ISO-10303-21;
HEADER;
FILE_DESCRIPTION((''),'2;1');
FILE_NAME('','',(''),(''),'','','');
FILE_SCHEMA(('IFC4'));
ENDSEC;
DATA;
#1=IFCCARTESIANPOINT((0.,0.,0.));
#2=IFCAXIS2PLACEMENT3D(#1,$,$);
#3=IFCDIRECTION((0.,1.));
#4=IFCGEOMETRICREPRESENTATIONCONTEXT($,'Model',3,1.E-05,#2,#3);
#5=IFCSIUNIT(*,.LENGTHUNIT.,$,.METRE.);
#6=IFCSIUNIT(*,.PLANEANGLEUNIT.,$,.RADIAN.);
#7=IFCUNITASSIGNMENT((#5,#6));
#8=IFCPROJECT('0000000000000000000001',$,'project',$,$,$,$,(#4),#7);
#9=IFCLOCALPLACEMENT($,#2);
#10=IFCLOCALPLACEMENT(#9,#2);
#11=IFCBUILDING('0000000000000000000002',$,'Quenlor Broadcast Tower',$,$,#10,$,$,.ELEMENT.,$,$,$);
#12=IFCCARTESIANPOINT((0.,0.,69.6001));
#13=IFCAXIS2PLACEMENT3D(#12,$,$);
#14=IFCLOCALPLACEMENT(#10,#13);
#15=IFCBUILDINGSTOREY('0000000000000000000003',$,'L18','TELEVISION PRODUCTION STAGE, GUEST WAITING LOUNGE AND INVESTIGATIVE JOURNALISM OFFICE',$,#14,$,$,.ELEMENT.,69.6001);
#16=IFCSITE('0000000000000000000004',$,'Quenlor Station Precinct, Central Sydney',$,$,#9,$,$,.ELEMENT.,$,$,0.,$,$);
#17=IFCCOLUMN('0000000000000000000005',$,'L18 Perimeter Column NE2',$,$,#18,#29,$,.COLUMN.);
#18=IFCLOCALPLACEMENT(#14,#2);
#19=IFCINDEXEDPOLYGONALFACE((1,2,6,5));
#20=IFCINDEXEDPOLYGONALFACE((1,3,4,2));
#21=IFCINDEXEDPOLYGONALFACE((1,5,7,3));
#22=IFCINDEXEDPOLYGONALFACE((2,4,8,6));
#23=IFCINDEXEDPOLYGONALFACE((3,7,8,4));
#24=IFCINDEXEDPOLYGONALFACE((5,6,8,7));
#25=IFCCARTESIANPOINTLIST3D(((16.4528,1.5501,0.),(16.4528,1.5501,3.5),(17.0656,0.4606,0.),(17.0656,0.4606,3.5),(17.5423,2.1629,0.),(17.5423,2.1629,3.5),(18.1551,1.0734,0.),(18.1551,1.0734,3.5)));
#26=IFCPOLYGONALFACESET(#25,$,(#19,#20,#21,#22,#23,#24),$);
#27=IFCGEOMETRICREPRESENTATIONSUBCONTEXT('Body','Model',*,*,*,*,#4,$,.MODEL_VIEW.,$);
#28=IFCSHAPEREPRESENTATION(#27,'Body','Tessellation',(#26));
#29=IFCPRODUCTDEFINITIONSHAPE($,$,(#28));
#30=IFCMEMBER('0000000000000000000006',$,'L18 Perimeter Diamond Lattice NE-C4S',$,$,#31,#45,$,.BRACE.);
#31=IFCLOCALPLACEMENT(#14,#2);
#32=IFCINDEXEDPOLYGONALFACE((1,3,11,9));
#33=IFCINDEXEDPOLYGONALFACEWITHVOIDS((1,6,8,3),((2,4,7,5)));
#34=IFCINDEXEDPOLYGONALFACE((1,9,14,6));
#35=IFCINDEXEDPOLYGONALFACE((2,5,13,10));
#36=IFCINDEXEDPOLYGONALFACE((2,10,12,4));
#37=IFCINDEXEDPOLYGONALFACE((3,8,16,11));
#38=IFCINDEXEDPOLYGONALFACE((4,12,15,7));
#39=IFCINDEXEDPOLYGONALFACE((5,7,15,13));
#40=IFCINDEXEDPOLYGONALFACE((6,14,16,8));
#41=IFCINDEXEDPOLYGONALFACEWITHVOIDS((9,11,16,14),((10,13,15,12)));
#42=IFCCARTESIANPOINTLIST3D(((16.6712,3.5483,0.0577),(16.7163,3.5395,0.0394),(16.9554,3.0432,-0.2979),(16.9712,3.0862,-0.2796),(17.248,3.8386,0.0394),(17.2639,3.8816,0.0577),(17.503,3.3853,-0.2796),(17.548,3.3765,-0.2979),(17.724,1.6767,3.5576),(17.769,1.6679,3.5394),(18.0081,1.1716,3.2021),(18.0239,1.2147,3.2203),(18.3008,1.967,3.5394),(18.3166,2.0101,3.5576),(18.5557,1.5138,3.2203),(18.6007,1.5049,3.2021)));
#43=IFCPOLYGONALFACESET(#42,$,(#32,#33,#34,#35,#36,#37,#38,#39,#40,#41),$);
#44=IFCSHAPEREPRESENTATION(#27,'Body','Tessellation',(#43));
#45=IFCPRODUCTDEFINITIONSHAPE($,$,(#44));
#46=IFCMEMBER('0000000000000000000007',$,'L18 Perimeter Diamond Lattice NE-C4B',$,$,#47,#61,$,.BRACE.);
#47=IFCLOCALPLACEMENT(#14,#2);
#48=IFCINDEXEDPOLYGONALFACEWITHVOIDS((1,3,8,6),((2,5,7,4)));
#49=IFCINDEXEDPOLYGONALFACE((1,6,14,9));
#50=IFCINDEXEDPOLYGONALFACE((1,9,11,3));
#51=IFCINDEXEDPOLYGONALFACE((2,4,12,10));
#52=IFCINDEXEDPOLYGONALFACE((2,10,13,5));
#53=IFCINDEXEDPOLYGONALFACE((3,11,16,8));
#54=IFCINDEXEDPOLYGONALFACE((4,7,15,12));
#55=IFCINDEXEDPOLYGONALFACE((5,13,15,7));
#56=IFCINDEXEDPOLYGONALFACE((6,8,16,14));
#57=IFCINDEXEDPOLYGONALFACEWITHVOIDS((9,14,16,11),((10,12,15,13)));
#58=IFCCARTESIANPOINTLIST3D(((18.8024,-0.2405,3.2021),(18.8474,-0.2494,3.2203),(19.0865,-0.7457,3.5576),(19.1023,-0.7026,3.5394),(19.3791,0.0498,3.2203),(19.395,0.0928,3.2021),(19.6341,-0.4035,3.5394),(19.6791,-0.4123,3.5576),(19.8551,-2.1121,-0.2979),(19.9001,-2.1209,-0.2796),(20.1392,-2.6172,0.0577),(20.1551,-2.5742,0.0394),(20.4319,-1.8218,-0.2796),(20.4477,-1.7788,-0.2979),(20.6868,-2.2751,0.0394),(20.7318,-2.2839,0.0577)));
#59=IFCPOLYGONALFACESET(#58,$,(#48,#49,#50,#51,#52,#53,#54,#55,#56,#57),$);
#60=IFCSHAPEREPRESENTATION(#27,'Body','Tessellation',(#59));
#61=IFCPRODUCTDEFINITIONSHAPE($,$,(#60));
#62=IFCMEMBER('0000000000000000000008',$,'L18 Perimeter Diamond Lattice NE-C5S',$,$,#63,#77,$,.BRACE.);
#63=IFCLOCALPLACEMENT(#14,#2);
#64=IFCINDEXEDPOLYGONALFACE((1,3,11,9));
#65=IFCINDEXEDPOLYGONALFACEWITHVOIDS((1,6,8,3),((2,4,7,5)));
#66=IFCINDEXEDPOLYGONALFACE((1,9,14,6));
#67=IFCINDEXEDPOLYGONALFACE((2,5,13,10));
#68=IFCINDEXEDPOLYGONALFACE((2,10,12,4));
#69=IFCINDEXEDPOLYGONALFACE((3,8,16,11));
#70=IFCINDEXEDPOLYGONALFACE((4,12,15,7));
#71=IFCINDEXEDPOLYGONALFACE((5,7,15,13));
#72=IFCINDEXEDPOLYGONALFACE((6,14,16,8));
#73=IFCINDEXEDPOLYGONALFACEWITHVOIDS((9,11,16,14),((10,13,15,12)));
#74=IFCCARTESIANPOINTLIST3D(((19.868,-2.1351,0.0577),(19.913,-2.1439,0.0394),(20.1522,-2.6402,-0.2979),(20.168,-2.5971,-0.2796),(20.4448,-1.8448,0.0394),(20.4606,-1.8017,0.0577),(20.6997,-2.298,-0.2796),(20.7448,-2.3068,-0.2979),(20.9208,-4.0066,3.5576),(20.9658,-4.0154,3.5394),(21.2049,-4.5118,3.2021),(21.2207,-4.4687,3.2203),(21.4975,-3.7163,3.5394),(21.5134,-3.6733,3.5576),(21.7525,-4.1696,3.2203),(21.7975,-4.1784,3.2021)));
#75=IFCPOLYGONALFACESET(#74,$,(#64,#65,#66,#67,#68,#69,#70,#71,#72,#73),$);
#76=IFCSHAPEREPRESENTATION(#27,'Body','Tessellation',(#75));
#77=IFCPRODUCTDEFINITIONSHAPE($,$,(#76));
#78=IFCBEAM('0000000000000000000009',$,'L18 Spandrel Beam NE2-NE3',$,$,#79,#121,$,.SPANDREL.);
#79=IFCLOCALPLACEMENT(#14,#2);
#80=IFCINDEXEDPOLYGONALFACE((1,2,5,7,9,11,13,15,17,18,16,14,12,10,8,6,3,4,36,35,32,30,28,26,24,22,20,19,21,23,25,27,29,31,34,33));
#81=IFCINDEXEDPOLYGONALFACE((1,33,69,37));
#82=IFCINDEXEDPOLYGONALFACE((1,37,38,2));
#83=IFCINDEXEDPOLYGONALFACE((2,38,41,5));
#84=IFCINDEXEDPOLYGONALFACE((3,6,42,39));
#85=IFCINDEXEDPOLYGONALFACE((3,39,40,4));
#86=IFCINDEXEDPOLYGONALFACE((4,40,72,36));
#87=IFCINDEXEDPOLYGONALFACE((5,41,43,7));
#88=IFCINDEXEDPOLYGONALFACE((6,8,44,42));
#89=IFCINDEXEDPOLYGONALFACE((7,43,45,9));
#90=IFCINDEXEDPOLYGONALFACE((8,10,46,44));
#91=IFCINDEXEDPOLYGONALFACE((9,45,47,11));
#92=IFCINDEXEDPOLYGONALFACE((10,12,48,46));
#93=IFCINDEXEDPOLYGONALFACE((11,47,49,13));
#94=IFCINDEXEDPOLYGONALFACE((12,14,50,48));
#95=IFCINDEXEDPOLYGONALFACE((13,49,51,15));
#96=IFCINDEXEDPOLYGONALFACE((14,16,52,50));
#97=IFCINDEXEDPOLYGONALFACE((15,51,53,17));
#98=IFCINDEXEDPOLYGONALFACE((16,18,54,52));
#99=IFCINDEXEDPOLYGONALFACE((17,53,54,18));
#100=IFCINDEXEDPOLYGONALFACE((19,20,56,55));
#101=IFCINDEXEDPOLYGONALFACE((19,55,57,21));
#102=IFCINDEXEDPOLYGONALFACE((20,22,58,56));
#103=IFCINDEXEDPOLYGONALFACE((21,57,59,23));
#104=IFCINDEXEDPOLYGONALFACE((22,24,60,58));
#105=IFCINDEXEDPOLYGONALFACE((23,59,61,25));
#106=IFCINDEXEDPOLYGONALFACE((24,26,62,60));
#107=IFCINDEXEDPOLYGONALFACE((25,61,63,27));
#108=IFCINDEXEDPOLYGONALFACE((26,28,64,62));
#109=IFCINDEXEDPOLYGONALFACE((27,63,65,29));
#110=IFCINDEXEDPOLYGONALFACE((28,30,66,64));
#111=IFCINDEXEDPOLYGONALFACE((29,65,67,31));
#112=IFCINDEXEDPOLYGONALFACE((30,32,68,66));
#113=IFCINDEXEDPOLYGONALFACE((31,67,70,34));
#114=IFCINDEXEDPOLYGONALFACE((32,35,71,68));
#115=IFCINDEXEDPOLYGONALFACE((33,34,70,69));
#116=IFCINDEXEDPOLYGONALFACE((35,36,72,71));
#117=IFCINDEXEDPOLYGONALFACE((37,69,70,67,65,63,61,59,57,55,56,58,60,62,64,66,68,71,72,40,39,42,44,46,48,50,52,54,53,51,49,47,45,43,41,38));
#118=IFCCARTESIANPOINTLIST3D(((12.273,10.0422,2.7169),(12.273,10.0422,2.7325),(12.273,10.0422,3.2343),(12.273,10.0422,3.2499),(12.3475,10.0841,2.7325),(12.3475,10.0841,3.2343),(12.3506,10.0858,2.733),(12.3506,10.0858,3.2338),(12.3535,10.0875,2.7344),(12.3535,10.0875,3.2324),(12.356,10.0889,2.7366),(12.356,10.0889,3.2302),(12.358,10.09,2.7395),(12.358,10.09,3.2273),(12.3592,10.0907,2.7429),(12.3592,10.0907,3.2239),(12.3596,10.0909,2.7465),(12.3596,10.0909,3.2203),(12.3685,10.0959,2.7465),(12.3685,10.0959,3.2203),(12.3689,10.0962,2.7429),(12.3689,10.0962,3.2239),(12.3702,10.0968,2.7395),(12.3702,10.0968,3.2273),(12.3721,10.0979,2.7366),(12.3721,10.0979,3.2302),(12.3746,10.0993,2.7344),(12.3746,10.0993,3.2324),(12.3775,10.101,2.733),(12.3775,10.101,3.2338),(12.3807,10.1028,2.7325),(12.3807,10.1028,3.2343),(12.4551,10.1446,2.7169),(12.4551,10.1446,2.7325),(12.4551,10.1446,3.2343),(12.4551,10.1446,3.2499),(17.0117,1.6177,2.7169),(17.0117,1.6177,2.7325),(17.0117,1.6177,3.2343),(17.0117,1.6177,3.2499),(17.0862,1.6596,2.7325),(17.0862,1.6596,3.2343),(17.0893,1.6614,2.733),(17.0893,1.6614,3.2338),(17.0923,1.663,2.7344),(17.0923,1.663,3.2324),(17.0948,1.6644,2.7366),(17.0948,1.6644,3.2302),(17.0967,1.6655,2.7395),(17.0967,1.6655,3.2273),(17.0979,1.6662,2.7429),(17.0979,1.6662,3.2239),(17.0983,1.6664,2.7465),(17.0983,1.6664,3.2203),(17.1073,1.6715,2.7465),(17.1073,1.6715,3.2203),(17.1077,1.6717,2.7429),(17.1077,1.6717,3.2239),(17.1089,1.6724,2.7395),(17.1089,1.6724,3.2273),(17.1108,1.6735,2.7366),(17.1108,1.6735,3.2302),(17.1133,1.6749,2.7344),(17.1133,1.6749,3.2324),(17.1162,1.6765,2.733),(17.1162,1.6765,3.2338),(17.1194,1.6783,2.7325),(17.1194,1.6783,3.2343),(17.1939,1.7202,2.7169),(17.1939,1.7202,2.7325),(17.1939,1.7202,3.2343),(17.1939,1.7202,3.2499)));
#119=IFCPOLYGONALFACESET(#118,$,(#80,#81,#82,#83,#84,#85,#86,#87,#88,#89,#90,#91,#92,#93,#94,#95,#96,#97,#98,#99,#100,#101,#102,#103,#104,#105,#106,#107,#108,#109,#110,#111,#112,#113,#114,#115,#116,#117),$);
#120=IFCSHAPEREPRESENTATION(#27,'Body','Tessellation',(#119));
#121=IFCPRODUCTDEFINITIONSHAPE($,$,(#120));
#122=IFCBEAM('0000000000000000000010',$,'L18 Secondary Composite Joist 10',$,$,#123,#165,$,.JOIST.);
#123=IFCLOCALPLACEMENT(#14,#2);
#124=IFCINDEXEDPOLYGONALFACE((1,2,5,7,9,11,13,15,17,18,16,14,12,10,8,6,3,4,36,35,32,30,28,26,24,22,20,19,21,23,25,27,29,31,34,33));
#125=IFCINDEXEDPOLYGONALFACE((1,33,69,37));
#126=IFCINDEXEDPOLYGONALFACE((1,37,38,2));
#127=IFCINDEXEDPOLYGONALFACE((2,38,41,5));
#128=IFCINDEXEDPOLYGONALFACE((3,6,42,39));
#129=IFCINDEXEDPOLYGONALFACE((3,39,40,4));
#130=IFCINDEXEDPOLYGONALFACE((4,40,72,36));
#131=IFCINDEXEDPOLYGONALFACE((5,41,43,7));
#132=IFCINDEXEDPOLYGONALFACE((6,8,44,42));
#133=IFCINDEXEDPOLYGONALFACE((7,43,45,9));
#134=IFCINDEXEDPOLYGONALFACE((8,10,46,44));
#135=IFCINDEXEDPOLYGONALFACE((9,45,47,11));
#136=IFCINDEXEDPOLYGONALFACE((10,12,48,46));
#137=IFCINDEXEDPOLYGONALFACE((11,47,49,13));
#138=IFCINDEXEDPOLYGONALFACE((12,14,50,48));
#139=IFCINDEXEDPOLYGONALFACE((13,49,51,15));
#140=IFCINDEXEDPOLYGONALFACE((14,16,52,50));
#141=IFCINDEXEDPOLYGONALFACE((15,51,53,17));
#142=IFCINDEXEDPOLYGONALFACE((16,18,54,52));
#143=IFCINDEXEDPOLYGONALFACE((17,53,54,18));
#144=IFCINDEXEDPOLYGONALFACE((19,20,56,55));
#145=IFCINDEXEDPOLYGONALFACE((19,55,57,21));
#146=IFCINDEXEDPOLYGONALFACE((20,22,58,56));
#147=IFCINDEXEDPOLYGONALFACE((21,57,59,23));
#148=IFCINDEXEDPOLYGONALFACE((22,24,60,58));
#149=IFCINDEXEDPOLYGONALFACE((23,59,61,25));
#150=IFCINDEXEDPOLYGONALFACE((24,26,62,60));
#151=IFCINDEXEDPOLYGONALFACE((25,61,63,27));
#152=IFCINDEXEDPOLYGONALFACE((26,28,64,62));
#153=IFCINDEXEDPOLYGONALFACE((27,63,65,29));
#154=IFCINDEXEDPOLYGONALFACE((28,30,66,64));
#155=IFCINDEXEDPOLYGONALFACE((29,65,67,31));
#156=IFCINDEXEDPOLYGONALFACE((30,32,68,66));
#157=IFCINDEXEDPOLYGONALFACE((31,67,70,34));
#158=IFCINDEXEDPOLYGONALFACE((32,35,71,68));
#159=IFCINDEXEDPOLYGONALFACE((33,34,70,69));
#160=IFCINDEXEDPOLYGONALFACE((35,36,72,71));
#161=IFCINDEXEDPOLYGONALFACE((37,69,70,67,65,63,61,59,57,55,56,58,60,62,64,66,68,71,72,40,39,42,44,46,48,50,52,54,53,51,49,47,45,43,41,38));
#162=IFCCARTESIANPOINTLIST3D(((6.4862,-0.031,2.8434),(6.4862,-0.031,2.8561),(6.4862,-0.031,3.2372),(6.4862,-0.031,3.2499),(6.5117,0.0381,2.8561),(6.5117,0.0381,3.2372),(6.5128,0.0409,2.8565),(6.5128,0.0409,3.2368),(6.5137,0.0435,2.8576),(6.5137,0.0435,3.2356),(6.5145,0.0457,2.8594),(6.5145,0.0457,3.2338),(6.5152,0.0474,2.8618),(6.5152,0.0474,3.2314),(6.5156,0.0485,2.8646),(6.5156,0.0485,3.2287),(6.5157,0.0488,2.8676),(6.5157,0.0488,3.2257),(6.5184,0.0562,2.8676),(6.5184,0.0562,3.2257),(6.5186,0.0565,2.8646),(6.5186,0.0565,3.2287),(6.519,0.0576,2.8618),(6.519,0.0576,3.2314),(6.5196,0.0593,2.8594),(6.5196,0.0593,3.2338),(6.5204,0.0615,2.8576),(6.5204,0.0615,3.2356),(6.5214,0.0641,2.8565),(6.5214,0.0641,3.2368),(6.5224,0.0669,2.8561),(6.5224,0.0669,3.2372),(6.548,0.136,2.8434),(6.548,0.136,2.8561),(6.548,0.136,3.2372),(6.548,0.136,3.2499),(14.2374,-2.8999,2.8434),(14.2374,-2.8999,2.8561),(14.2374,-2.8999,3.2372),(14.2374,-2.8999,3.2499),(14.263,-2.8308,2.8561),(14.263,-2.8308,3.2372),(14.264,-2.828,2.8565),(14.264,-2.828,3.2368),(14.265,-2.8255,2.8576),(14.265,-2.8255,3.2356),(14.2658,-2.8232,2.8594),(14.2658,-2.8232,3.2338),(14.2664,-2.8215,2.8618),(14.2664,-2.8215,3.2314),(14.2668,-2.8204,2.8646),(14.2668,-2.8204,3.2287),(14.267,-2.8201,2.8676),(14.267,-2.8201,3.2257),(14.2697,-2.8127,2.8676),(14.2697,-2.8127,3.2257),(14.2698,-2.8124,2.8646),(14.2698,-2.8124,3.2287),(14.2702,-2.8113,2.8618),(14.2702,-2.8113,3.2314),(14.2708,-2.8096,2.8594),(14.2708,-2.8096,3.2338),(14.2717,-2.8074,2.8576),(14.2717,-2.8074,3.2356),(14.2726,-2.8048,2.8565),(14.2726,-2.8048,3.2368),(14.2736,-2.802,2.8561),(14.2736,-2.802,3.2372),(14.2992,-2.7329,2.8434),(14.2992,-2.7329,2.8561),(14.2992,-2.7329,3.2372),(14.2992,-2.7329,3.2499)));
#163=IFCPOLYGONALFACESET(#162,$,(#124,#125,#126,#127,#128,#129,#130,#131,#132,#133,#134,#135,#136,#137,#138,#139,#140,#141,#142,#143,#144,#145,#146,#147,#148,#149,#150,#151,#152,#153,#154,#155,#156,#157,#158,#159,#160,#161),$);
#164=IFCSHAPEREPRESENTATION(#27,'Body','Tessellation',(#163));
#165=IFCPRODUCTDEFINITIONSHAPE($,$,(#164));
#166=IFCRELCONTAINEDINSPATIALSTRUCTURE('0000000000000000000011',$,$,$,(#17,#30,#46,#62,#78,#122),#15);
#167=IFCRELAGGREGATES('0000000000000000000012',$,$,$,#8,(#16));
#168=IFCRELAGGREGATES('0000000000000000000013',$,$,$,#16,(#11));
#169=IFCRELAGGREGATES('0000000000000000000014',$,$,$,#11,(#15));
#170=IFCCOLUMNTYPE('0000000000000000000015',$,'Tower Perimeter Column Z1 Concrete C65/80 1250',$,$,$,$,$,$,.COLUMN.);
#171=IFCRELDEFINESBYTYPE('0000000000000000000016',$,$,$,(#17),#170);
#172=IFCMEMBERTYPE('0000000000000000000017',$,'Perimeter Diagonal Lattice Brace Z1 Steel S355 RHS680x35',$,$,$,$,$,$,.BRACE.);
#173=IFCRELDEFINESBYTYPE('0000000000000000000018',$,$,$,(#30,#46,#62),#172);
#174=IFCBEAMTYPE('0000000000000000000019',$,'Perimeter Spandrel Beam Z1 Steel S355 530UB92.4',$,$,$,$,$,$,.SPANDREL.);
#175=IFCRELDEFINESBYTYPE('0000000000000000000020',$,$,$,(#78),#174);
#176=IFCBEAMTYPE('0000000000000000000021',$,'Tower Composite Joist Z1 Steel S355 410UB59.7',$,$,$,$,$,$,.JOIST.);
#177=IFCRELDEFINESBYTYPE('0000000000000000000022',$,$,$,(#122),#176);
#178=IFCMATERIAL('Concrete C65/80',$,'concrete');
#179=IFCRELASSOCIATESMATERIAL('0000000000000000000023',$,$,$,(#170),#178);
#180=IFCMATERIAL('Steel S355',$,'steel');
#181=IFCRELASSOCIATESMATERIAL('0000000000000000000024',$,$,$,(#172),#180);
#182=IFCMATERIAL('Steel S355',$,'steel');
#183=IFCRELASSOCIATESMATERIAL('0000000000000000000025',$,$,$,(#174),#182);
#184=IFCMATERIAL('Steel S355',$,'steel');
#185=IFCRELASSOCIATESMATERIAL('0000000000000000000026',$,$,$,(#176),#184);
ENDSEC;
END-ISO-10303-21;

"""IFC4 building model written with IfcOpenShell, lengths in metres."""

from ifc_helpers import new_model, si_unit, direction, frame, origin, origin_2d, place, context, subcontext, project, spatial, rectangle, hollow_rectangle, i_section, extrude, material, material_profile, profile_set, type_object, element, save


model = new_model("IFC4")

# Units and contexts
model_context = context("Model", 3, precision=1e-05, world=origin(), true_north=direction((0.0, 1.0)))
body_context = subcontext(model_context, "Body", "Model", "MODEL_VIEW")
ifc_project = project(units=[si_unit("LENGTHUNIT", "METRE"), si_unit("PLANEANGLEUNIT", "RADIAN")], contexts=[model_context])

# Site, building, storey
site_placement = place(None, origin())
site = spatial("IfcSite", under=ifc_project, at=site_placement, Name="Quenlor Station Precinct, Central Sydney", CompositionType="ELEMENT", RefElevation=0.0)
building_placement = place(site_placement, origin())
building = spatial("IfcBuilding", under=site, at=building_placement, Name="Quenlor Broadcast Tower", CompositionType="ELEMENT")
storey_placement = place(building_placement, frame((0.0, 0.0, 69.6001)))
storey = spatial("IfcBuildingStorey", under=building, at=storey_placement, Name="L18", Description="TELEVISION PRODUCTION STAGE, GUEST WAITING LOUNGE AND INVESTIGATIVE JOURNALISM OFFICE", CompositionType="ELEMENT", Elevation=69.6001)

# Column
ifc_material_1 = material(Name="Concrete C65/80", Category="concrete")
ifc_material_profile_1 = material_profile(ifc_material_1, rectangle(XDim=1.25, YDim=1.25, at=origin_2d()))
ifc_profile_set_1 = profile_set([ifc_material_profile_1], Name="Concrete C65/80 RC1250x1250")
column_type = type_object("IfcColumnType", Name="Tower Perimeter Column Z1 Concrete C65/80 1250", PredefinedType="COLUMN", material=ifc_profile_set_1)
column_placement = place(storey_placement, frame((17.304, 1.3118, 0.0), z_axis=(0.0, 0.0, 1.0), x_axis=(0.871575, 0.490262, 0.0)))
element("IfcColumn", 1, at=column_placement, inside=storey, type_object=column_type, Name="L18 Perimeter Column NE2", PredefinedType="COLUMN", context=body_context, shape_type="SweptSolid", body=[
    extrude(rectangle(XDim=1.25, YDim=1.25, at=origin_2d()), origin(), (0.0, 0.0, 1.0), 3.5),
])

# Members
ifc_material_2 = material(Name="Steel S355", Category="steel")
ifc_material_profile_2 = material_profile(ifc_material_2, hollow_rectangle(XDim=0.6799, YDim=0.6799, WallThickness=0.0349, at=origin_2d()))
ifc_profile_set_2 = profile_set([ifc_material_profile_2], Name="Steel S355 RHS680x680x35")
member_type = type_object("IfcMemberType", Name="Perimeter Diagonal Lattice Brace Z1 Steel S355 RHS680x35", PredefinedType="BRACE", material=ifc_profile_set_2)
for number, where, z_axis, x_axis, name in (
    (2, (17.1096, 3.4624, -0.1201), (0.256375, -0.455792, 0.852365), (0.871582, 0.49025, 0.0), "L18 Perimeter Diamond Lattice NE-C4S"),
    (3, (20.2935, -2.198, -0.1201), (-0.256375, 0.455792, 0.852365), (-0.871582, -0.49025, 0.0), "L18 Perimeter Diamond Lattice NE-C4B"),
    (4, (20.3064, -2.2209, -0.1201), (0.256375, -0.455792, 0.852365), (0.871582, 0.49025, 0.0), "L18 Perimeter Diamond Lattice NE-C5S"),
):
    element("IfcMember", number, at=place(storey_placement, frame(where, z_axis=z_axis, x_axis=x_axis)), inside=storey, type_object=member_type, Name=name, PredefinedType="BRACE", context=body_context, shape_type="SweptSolid", body=[
        extrude(hollow_rectangle(XDim=0.6799, YDim=0.6799, WallThickness=0.0349, at=origin_2d()), origin(), (0.0, 0.0, 1.0), 4.1062),
    ])

# Beams
ifc_material_3 = material(Name="Steel S355", Category="steel")
ifc_material_profile_3 = material_profile(ifc_material_3, i_section(OverallWidth=0.209, OverallDepth=0.533, WebThickness=0.0103, FlangeThickness=0.0156, FilletRadius=0.0139, at=origin_2d()))
ifc_profile_set_3 = profile_set([ifc_material_profile_3], Name="Steel S355 530UB92.4")
beam_type_1 = type_object("IfcBeamType", Name="Perimeter Spandrel Beam Z1 Steel S355 530UB92.4", PredefinedType="SPANDREL", material=ifc_profile_set_3)
beam_1_placement = place(storey_placement, frame((17.1028, 1.6689, 2.9834), z_axis=(-0.490258, 0.871578, 0.0), x_axis=(-0.871578, -0.490258, 0.0)))
element("IfcBeam", 5, at=beam_1_placement, inside=storey, type_object=beam_type_1, Name="L18 Spandrel Beam NE2-NE3", PredefinedType="SPANDREL", context=body_context, shape_type="SweptSolid", body=[
    extrude(i_section(OverallWidth=0.209, OverallDepth=0.533, WebThickness=0.0103, FlangeThickness=0.0156, FilletRadius=0.0139, at=origin_2d()), origin(), (0.0, 0.0, 1.0), 9.6658),
])
ifc_material_4 = material(Name="Steel S355", Category="steel")
ifc_material_profile_4 = material_profile(ifc_material_4, i_section(OverallWidth=0.178, OverallDepth=0.4065, WebThickness=0.0078, FlangeThickness=0.0127, FilletRadius=0.0115, at=origin_2d()))
ifc_profile_set_4 = profile_set([ifc_material_profile_4], Name="Steel S355 410UB59.7")
beam_type_2 = type_object("IfcBeamType", Name="Tower Composite Joist Z1 Steel S355 410UB59.7", PredefinedType="JOIST", material=ifc_profile_set_4)
beam_2_placement = place(storey_placement, frame((14.2683, -2.8164, 3.0466), z_axis=(-0.937825, 0.347109, 0.0), x_axis=(-0.347109, -0.937825, 0.0)))
element("IfcBeam", 6, at=beam_2_placement, inside=storey, type_object=beam_type_2, Name="L18 Secondary Composite Joist 10", PredefinedType="JOIST", context=body_context, shape_type="SweptSolid", body=[
    extrude(i_section(OverallWidth=0.178, OverallDepth=0.4065, WebThickness=0.0078, FlangeThickness=0.0127, FilletRadius=0.0115, at=origin_2d()), origin(), (0.0, 0.0, 1.0), 8.2651),
])

save(model, "model.ifc")
